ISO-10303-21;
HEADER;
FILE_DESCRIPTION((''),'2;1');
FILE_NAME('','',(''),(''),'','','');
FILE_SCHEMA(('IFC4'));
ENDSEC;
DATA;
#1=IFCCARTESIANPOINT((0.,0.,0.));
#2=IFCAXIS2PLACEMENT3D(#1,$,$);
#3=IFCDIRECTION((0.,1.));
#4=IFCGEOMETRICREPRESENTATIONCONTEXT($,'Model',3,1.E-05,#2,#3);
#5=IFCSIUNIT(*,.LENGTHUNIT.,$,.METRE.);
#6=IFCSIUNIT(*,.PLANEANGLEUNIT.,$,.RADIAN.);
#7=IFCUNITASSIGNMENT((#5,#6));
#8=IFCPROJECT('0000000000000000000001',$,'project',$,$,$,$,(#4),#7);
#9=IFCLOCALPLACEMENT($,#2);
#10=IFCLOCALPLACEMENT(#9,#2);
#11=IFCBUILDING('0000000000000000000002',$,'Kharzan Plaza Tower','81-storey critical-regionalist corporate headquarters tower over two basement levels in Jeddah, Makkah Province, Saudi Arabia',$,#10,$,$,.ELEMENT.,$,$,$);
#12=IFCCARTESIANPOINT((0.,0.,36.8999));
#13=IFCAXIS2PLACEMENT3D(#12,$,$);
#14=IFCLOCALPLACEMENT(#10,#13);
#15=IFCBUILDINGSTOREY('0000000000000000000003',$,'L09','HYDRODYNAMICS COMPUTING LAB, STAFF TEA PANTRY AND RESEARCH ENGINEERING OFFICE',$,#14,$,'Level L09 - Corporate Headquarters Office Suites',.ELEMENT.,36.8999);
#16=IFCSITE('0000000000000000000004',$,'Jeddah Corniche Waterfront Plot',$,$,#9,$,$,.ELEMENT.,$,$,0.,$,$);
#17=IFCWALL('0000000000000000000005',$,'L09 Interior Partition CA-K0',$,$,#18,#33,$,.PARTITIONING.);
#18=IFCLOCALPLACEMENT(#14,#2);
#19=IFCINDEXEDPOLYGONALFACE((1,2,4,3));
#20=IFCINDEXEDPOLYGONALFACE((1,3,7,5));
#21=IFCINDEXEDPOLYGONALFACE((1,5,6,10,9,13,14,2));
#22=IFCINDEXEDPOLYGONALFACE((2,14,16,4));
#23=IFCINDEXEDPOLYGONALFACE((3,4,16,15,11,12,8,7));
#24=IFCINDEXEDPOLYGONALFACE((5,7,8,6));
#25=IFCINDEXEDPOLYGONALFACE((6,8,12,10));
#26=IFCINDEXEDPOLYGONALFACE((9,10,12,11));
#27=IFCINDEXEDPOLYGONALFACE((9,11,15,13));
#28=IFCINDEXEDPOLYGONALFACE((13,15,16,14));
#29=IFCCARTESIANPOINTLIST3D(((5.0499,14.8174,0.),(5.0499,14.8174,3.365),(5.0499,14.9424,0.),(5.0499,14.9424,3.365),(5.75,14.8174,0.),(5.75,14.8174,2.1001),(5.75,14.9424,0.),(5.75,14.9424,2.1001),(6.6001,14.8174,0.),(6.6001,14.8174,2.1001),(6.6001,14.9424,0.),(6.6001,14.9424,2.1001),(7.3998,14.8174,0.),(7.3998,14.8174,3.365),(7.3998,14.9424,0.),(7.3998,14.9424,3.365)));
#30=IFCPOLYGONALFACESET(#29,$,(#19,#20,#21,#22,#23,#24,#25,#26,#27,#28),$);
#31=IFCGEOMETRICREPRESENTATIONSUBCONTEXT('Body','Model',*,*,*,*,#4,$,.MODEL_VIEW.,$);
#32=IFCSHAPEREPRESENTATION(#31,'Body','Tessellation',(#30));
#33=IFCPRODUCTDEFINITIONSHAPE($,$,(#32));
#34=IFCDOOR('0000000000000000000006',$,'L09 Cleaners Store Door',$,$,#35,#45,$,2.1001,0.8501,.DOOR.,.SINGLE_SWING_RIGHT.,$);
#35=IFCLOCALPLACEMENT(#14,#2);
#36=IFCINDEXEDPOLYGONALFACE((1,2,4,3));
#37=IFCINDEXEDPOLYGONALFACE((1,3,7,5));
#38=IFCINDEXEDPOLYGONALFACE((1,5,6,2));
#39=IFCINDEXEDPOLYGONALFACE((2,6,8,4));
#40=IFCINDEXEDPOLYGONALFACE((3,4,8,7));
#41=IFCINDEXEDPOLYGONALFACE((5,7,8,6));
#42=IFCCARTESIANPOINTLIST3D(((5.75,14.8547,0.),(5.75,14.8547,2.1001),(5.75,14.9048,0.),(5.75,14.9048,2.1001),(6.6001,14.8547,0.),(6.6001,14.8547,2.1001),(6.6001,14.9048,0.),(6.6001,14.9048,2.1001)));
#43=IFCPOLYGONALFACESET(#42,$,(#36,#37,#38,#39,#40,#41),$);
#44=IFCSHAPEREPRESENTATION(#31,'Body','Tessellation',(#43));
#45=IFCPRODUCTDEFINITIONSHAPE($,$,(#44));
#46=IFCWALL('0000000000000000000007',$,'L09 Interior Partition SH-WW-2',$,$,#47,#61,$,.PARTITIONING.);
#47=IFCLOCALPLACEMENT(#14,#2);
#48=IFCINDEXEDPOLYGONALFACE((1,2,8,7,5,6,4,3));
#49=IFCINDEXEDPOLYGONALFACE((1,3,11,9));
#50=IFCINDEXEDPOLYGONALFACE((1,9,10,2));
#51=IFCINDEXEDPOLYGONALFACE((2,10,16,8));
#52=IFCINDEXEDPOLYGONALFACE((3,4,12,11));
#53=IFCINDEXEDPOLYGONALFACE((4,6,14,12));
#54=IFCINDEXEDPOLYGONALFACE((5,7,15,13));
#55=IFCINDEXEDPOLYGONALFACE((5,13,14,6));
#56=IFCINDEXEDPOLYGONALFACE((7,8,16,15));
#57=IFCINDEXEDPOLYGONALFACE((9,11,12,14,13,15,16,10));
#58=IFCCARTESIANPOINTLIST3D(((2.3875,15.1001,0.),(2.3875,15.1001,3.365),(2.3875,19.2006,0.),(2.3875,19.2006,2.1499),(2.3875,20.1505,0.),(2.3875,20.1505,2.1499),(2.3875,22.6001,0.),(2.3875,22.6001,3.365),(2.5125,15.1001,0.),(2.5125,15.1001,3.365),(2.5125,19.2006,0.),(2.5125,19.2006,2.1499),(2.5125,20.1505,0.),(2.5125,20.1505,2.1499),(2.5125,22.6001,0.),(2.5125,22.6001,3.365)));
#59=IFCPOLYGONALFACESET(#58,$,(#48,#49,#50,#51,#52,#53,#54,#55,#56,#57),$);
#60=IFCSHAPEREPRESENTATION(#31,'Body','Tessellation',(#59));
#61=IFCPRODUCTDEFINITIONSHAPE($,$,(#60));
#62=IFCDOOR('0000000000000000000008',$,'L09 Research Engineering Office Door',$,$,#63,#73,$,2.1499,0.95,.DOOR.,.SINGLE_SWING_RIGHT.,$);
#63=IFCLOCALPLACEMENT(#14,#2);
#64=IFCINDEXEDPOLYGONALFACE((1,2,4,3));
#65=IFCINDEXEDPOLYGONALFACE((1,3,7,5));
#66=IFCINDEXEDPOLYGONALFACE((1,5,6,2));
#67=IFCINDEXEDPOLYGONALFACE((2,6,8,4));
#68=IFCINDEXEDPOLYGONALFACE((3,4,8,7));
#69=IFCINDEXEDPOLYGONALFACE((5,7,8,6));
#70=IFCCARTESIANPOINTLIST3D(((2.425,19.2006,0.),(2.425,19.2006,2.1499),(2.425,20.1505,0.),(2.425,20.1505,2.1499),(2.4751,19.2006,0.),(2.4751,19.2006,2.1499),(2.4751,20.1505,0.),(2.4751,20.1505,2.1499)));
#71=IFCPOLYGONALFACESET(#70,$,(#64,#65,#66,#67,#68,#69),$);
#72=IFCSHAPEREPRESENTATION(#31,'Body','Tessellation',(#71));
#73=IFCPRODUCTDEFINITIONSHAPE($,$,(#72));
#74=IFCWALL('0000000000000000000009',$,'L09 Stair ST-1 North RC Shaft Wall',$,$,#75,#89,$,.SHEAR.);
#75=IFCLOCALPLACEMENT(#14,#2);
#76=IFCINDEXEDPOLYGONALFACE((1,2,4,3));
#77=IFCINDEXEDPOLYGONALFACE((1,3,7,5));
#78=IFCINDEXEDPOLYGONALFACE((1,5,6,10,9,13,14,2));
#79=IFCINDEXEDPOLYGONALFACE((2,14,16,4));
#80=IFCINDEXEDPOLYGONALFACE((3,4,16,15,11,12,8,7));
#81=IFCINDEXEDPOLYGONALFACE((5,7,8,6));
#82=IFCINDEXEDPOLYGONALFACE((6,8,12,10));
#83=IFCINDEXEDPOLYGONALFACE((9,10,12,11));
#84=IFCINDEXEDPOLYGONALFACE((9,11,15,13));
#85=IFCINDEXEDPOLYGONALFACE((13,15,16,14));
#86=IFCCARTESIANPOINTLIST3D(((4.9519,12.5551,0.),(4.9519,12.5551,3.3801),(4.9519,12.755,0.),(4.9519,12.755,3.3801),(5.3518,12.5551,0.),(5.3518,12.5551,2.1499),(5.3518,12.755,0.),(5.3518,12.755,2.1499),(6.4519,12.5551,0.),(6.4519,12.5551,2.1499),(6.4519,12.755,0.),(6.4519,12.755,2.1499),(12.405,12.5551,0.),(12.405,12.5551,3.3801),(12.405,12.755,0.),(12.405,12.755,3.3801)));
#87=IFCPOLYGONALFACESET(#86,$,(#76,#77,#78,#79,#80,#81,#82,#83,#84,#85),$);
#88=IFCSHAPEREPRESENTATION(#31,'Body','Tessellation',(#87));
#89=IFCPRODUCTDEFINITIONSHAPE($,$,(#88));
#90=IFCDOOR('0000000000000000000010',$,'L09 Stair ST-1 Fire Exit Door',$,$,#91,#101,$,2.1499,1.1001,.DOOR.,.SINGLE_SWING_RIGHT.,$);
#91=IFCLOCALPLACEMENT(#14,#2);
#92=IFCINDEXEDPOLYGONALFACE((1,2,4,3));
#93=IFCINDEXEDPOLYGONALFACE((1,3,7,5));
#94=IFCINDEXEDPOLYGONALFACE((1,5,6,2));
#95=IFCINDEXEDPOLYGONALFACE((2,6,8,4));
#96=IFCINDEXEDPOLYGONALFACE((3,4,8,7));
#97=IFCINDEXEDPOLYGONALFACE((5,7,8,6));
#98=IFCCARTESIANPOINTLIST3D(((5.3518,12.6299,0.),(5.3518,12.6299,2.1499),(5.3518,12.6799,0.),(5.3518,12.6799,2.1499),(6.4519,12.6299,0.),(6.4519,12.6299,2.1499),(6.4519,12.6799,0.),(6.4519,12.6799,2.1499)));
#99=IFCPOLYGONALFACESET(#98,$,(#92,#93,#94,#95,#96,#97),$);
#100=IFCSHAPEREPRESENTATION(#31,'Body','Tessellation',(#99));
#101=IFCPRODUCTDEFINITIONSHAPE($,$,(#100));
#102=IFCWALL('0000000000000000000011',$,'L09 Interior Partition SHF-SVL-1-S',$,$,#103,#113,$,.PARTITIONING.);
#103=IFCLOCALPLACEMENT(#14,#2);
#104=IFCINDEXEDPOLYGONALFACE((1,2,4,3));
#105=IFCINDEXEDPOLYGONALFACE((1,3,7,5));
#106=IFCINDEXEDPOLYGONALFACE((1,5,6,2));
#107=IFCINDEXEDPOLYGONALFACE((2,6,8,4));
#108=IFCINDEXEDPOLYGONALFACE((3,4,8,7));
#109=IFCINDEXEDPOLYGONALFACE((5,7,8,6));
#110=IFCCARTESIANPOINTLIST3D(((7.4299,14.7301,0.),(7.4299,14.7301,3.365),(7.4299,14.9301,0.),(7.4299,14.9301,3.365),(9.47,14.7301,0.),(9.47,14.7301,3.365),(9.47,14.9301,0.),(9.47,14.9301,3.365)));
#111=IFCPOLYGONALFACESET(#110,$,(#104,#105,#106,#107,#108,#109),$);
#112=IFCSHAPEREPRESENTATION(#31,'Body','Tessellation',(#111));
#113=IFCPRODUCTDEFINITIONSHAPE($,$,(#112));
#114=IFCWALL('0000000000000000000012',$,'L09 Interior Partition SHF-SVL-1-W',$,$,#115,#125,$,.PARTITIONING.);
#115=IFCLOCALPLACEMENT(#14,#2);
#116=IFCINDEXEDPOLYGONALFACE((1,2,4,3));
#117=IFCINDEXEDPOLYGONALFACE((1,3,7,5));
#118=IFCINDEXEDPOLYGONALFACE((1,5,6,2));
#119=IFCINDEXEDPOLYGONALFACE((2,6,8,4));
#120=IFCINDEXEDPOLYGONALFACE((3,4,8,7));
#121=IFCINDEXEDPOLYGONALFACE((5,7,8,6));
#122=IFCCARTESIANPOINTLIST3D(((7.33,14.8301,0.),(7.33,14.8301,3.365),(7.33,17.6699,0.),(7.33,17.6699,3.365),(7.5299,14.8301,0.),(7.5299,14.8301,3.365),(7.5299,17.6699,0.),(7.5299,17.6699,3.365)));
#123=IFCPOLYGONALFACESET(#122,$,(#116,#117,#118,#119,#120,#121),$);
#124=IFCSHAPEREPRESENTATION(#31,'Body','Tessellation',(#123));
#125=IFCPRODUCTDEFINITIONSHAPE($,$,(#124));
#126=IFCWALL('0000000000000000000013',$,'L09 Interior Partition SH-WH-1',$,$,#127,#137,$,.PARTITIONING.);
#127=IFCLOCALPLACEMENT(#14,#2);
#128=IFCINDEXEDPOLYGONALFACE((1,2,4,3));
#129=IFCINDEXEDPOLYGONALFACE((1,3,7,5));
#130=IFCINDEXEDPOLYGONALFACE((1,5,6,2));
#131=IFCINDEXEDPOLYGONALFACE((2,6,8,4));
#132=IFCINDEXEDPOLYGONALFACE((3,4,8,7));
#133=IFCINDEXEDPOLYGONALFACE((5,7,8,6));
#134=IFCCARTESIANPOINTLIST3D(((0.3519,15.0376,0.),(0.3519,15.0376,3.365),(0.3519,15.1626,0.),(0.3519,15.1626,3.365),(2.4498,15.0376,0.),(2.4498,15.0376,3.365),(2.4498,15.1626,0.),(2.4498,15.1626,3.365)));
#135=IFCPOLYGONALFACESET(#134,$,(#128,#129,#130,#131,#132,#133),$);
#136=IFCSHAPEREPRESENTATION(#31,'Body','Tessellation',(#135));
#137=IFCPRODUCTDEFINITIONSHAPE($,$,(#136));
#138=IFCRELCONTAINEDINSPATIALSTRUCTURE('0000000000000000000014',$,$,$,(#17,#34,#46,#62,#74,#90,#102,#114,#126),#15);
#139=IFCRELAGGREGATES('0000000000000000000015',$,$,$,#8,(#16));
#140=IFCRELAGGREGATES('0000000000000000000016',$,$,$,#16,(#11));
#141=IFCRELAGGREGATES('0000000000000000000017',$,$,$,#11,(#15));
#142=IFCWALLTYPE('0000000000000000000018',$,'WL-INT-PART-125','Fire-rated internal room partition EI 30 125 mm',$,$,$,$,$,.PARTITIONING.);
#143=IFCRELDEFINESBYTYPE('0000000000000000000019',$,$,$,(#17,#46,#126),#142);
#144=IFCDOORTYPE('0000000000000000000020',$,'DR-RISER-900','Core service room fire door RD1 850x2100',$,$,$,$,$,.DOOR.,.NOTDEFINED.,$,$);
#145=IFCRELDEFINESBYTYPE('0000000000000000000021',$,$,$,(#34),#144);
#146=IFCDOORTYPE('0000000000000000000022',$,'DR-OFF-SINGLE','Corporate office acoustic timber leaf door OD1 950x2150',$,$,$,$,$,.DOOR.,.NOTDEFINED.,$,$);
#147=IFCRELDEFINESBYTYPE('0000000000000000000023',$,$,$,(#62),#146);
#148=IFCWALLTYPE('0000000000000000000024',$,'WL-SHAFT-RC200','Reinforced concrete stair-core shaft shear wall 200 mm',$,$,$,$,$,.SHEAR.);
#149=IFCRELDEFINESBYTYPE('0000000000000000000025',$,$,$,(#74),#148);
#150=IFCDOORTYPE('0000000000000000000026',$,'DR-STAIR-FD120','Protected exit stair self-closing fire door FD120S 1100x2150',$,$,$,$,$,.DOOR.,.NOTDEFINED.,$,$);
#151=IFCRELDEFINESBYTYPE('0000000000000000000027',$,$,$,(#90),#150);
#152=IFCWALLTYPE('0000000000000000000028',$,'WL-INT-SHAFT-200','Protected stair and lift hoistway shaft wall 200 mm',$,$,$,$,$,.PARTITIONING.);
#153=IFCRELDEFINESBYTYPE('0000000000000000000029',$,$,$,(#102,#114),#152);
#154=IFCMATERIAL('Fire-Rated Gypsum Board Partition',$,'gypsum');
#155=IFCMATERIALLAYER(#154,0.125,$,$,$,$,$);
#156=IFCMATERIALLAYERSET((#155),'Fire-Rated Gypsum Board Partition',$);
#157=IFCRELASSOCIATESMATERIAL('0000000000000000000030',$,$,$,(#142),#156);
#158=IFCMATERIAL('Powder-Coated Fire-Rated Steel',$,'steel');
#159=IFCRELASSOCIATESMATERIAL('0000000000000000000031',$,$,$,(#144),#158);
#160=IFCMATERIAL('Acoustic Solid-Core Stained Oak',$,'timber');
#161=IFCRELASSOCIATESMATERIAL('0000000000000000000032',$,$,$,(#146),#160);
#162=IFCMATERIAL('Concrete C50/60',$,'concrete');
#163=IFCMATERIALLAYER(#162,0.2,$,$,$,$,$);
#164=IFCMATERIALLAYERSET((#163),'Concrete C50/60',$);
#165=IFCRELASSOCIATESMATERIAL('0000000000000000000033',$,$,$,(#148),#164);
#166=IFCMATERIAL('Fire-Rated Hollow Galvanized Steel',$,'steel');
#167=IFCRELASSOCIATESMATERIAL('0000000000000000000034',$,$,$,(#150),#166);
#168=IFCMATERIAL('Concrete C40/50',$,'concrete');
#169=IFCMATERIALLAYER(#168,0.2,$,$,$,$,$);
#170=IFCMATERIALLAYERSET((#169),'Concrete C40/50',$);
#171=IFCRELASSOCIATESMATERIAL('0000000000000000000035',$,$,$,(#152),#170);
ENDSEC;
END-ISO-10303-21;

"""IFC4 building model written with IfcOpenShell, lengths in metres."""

from ifc_helpers import new_model, si_unit, direction, frame, frame_2d, origin, place, context, subcontext, project, spatial, rectangle, extrude, source, transform, mapped, material, layer, layer_set, type_object, element, fill, save


model = new_model("IFC4")

# Units and contexts
model_context = context("Model", 3, precision=1e-05, world=origin(), true_north=direction((0.0, 1.0)))
body_context = subcontext(model_context, "Body", "Model", "MODEL_VIEW")
ifc_project = project(units=[si_unit("LENGTHUNIT", "METRE"), si_unit("PLANEANGLEUNIT", "RADIAN")], contexts=[model_context])

# Site, building, storey
site_placement = place(None, origin())
site = spatial("IfcSite", under=ifc_project, at=site_placement, Name="Jeddah Corniche Waterfront Plot", CompositionType="ELEMENT", RefElevation=0.0)
building_placement = place(site_placement, origin())
building = spatial("IfcBuilding", under=site, at=building_placement, Name="Kharzan Plaza Tower", Description="81-storey critical-regionalist corporate headquarters tower over two basement levels in Jeddah, Makkah Province, Saudi Arabia", CompositionType="ELEMENT")
storey_placement = place(building_placement, frame((0.0, 0.0, 36.8999)))
storey = spatial("IfcBuildingStorey", under=building, at=storey_placement, Name="L09", Description="HYDRODYNAMICS COMPUTING LAB, STAFF TEA PANTRY AND RESEARCH ENGINEERING OFFICE", LongName="Level L09 - Corporate Headquarters Office Suites", CompositionType="ELEMENT", Elevation=36.8999)

# Shared definitions
ifc_material_1 = material(Name="Concrete C40/50", Category="concrete")

# Walls, openings, doors
ifc_material_2 = material(Name="Fire-Rated Gypsum Board Partition", Category="gypsum")
ifc_layer_1 = layer(ifc_material_2, 0.125)
ifc_layer_set_1 = layer_set([ifc_layer_1], Name="Fire-Rated Gypsum Board Partition")
wall_type_1 = type_object("IfcWallType", Name="WL-INT-PART-125", Description="Fire-rated internal room partition EI 30 125 mm", PredefinedType="PARTITIONING", material=ifc_layer_set_1)
wall_1_placement = place(storey_placement, frame((5.05, 14.8799, 0.0), z_axis=(0.0, 0.0, 1.0), x_axis=(1.0, 0.0, 0.0)))
wall_1 = element("IfcWall", 1, at=wall_1_placement, inside=storey, type_object=wall_type_1, Name="L09 Interior Partition CA-K0", PredefinedType="PARTITIONING", context=body_context, shape_type="SweptSolid", body=[
    extrude(rectangle(XDim=2.3499, YDim=0.125, at=frame_2d((1.1748, 0.0))), origin(), (0.0, 0.0, 1.0), 3.365),
])
opening_1_placement = place(wall_1_placement, frame((0.7, 0.0, 0.0)))
opening_1 = element("IfcOpeningElement", 2, at=opening_1_placement, cuts=wall_1, PredefinedType="OPENING", context=body_context, shape_type="SweptSolid", body=[
    extrude(rectangle(XDim=0.8501, YDim=2.1001, at=frame_2d((0.425, 1.05))), frame((0.0, 0.0725, 0.0), z_axis=(0.0, -1.0, 0.0), x_axis=(1.0, 0.0, 0.0)), (0.0, 0.0, 1.0), 0.145),
])
ifc_material_3 = material(Name="Powder-Coated Fire-Rated Steel", Category="steel")
door_type_1 = type_object("IfcDoorType", Name="DR-RISER-900", Description="Core service room fire door RD1 850x2100", OperationType="NOTDEFINED", PredefinedType="DOOR", material=ifc_material_3)
shared_shape_1 = source(origin(), body_context, "Body", "SweptSolid", [
    extrude(rectangle(XDim=0.8501, YDim=2.1001, at=frame_2d((0.425, 1.05))), frame((0.0, 0.0249, 0.0), z_axis=(0.0, -1.0, 0.0), x_axis=(1.0, 0.0, 0.0)), (0.0, 0.0, 1.0), 0.05),
])
door_1_placement = place(opening_1_placement, origin())
door_1 = element("IfcDoor", 3, at=door_1_placement, inside=storey, type_object=door_type_1, Name="L09 Cleaners Store Door", OperationType="SINGLE_SWING_RIGHT", OverallHeight=2.1001, OverallWidth=0.8501, PredefinedType="DOOR", context=body_context, shape_type="MappedRepresentation", body=[
    mapped(shared_shape_1, transform((0.0, 0.0, 0.0), x_axis=(1.0, 0.0, 0.0), y_axis=(0.0, 1.0, 0.0), z_axis=(0.0, 0.0, 1.0))),
])
fill(opening_1, door_1)
wall_2_placement = place(storey_placement, frame((2.45, 15.1001, 0.0), z_axis=(0.0, 0.0, 1.0), x_axis=(0.0, 1.0, 0.0)))
wall_2 = element("IfcWall", 4, at=wall_2_placement, inside=storey, type_object=wall_type_1, Name="L09 Interior Partition SH-WW-2", PredefinedType="PARTITIONING", context=body_context, shape_type="SweptSolid", body=[
    extrude(rectangle(XDim=7.5, YDim=0.125, at=frame_2d((3.75, 0.0))), origin(), (0.0, 0.0, 1.0), 3.365),
])
opening_2_placement = place(wall_2_placement, frame((4.1003, 0.0, 0.0)))
opening_2 = element("IfcOpeningElement", 5, at=opening_2_placement, cuts=wall_2, PredefinedType="OPENING", context=body_context, shape_type="SweptSolid", body=[
    extrude(rectangle(XDim=0.95, YDim=2.1499, at=frame_2d((0.4751, 1.075))), frame((0.0, 0.0725, 0.0), z_axis=(0.0, -1.0, 0.0), x_axis=(1.0, 0.0, 0.0)), (0.0, 0.0, 1.0), 0.145),
])
ifc_material_4 = material(Name="Acoustic Solid-Core Stained Oak", Category="timber")
door_type_2 = type_object("IfcDoorType", Name="DR-OFF-SINGLE", Description="Corporate office acoustic timber leaf door OD1 950x2150", OperationType="NOTDEFINED", PredefinedType="DOOR", material=ifc_material_4)
shared_shape_2 = source(origin(), body_context, "Body", "SweptSolid", [
    extrude(rectangle(XDim=0.95, YDim=2.1499, at=frame_2d((0.4751, 1.075))), frame((0.0, 0.0249, 0.0), z_axis=(0.0, -1.0, 0.0), x_axis=(1.0, 0.0, 0.0)), (0.0, 0.0, 1.0), 0.05),
])
door_2_placement = place(opening_2_placement, origin())
door_2 = element("IfcDoor", 6, at=door_2_placement, inside=storey, type_object=door_type_2, Name="L09 Research Engineering Office Door", OperationType="SINGLE_SWING_RIGHT", OverallHeight=2.1499, OverallWidth=0.95, PredefinedType="DOOR", context=body_context, shape_type="MappedRepresentation", body=[
    mapped(shared_shape_2, transform((0.0, 0.0, 0.0), x_axis=(1.0, 0.0, 0.0), y_axis=(0.0, 1.0, 0.0), z_axis=(0.0, 0.0, 1.0))),
])
fill(opening_2, door_2)
ifc_material_5 = material(Name="Concrete C50/60", Category="concrete")
ifc_layer_2 = layer(ifc_material_5, 0.2)
ifc_layer_set_2 = layer_set([ifc_layer_2], Name="Concrete C50/60")
wall_type_2 = type_object("IfcWallType", Name="WL-SHAFT-RC200", Description="Reinforced concrete stair-core shaft shear wall 200 mm", PredefinedType="SHEAR", material=ifc_layer_set_2)
wall_3_placement = place(storey_placement, frame((4.9519, 12.655, 0.0), z_axis=(0.0, 0.0, 1.0), x_axis=(1.0, 0.0, 0.0)))
wall_3 = element("IfcWall", 7, at=wall_3_placement, inside=storey, type_object=wall_type_2, Name="L09 Stair ST-1 North RC Shaft Wall", PredefinedType="SHEAR", context=body_context, shape_type="SweptSolid", body=[
    extrude(rectangle(XDim=7.4531, YDim=0.2, at=frame_2d((3.7266, 0.0))), origin(), (0.0, 0.0, 1.0), 3.3801),
])
opening_3_placement = place(wall_3_placement, frame((0.3999, 0.0, 0.0)))
opening_3 = element("IfcOpeningElement", 8, at=opening_3_placement, cuts=wall_3, PredefinedType="OPENING", context=body_context, shape_type="SweptSolid", body=[
    extrude(rectangle(XDim=1.1001, YDim=2.1499, at=frame_2d((0.55, 1.075))), frame((0.0, 0.1099, 0.0), z_axis=(0.0, -1.0, 0.0), x_axis=(1.0, 0.0, 0.0)), (0.0, 0.0, 1.0), 0.22),
])
ifc_material_6 = material(Name="Fire-Rated Hollow Galvanized Steel", Category="steel")
door_type_3 = type_object("IfcDoorType", Name="DR-STAIR-FD120", Description="Protected exit stair self-closing fire door FD120S 1100x2150", OperationType="NOTDEFINED", PredefinedType="DOOR", material=ifc_material_6)
shared_shape_3 = source(origin(), body_context, "Body", "SweptSolid", [
    extrude(rectangle(XDim=1.1001, YDim=2.1499, at=frame_2d((0.55, 1.075))), frame((0.0, 0.0249, 0.0), z_axis=(0.0, -1.0, 0.0), x_axis=(1.0, 0.0, 0.0)), (0.0, 0.0, 1.0), 0.05),
])
door_3_placement = place(opening_3_placement, origin())
door_3 = element("IfcDoor", 9, at=door_3_placement, inside=storey, type_object=door_type_3, Name="L09 Stair ST-1 Fire Exit Door", OperationType="SINGLE_SWING_RIGHT", OverallHeight=2.1499, OverallWidth=1.1001, PredefinedType="DOOR", context=body_context, shape_type="MappedRepresentation", body=[
    mapped(shared_shape_3, transform((0.0, 0.0, 0.0), x_axis=(1.0, 0.0, 0.0), y_axis=(0.0, 1.0, 0.0), z_axis=(0.0, 0.0, 1.0))),
])
fill(opening_3, door_3)

# Walls
ifc_layer_3 = layer(ifc_material_1, 0.2)
ifc_layer_set_3 = layer_set([ifc_layer_3], Name="Concrete C40/50")
wall_type_3 = type_object("IfcWallType", Name="WL-INT-SHAFT-200", Description="Protected stair and lift hoistway shaft wall 200 mm", PredefinedType="PARTITIONING", material=ifc_layer_set_3)
shared_shape_4 = source(origin(), body_context, "Body", "SweptSolid", [
    extrude(rectangle(XDim=2.04, YDim=0.2, at=frame_2d((1.02, 0.0))), origin(), (0.0, 0.0, 1.0), 3.365),
])
wall_4_placement = place(storey_placement, frame((7.4299, 14.8301, 0.0), z_axis=(0.0, 0.0, 1.0), x_axis=(1.0, 0.0, 0.0)))
element("IfcWall", 10, at=wall_4_placement, inside=storey, type_object=wall_type_3, Name="L09 Interior Partition SHF-SVL-1-S", PredefinedType="PARTITIONING", context=body_context, shape_type="MappedRepresentation", body=[
    mapped(shared_shape_4, transform((0.0, 0.0, 0.0), x_axis=(1.0, 0.0, 0.0), y_axis=(0.0, 1.0, 0.0), z_axis=(0.0, 0.0, 1.0))),
])
shared_shape_5 = source(origin(), body_context, "Body", "SweptSolid", [
    extrude(rectangle(XDim=2.8398, YDim=0.2, at=frame_2d((1.4199, 0.0))), origin(), (0.0, 0.0, 1.0), 3.365),
])
wall_5_placement = place(storey_placement, frame((7.4299, 14.8301, 0.0), z_axis=(0.0, 0.0, 1.0), x_axis=(0.0, 1.0, 0.0)))
element("IfcWall", 11, at=wall_5_placement, inside=storey, type_object=wall_type_3, Name="L09 Interior Partition SHF-SVL-1-W", PredefinedType="PARTITIONING", context=body_context, shape_type="MappedRepresentation", body=[
    mapped(shared_shape_5, transform((0.0, 0.0, 0.0), x_axis=(1.0, 0.0, 0.0), y_axis=(0.0, 1.0, 0.0), z_axis=(0.0, 0.0, 1.0))),
])
shared_shape_6 = source(origin(), body_context, "Body", "SweptSolid", [
    extrude(rectangle(XDim=2.0979, YDim=0.125, at=frame_2d((1.0488, 0.0))), origin(), (0.0, 0.0, 1.0), 3.365),
])
wall_6_placement = place(storey_placement, frame((0.3521, 15.1001, 0.0), z_axis=(0.0, 0.0, 1.0), x_axis=(1.0, 0.0, 0.0)))
element("IfcWall", 12, at=wall_6_placement, inside=storey, type_object=wall_type_1, Name="L09 Interior Partition SH-WH-1", PredefinedType="PARTITIONING", context=body_context, shape_type="MappedRepresentation", body=[
    mapped(shared_shape_6, transform((0.0, 0.0, 0.0), x_axis=(1.0, 0.0, 0.0), y_axis=(0.0, 1.0, 0.0), z_axis=(0.0, 0.0, 1.0))),
])

save(model, "model.ifc")
